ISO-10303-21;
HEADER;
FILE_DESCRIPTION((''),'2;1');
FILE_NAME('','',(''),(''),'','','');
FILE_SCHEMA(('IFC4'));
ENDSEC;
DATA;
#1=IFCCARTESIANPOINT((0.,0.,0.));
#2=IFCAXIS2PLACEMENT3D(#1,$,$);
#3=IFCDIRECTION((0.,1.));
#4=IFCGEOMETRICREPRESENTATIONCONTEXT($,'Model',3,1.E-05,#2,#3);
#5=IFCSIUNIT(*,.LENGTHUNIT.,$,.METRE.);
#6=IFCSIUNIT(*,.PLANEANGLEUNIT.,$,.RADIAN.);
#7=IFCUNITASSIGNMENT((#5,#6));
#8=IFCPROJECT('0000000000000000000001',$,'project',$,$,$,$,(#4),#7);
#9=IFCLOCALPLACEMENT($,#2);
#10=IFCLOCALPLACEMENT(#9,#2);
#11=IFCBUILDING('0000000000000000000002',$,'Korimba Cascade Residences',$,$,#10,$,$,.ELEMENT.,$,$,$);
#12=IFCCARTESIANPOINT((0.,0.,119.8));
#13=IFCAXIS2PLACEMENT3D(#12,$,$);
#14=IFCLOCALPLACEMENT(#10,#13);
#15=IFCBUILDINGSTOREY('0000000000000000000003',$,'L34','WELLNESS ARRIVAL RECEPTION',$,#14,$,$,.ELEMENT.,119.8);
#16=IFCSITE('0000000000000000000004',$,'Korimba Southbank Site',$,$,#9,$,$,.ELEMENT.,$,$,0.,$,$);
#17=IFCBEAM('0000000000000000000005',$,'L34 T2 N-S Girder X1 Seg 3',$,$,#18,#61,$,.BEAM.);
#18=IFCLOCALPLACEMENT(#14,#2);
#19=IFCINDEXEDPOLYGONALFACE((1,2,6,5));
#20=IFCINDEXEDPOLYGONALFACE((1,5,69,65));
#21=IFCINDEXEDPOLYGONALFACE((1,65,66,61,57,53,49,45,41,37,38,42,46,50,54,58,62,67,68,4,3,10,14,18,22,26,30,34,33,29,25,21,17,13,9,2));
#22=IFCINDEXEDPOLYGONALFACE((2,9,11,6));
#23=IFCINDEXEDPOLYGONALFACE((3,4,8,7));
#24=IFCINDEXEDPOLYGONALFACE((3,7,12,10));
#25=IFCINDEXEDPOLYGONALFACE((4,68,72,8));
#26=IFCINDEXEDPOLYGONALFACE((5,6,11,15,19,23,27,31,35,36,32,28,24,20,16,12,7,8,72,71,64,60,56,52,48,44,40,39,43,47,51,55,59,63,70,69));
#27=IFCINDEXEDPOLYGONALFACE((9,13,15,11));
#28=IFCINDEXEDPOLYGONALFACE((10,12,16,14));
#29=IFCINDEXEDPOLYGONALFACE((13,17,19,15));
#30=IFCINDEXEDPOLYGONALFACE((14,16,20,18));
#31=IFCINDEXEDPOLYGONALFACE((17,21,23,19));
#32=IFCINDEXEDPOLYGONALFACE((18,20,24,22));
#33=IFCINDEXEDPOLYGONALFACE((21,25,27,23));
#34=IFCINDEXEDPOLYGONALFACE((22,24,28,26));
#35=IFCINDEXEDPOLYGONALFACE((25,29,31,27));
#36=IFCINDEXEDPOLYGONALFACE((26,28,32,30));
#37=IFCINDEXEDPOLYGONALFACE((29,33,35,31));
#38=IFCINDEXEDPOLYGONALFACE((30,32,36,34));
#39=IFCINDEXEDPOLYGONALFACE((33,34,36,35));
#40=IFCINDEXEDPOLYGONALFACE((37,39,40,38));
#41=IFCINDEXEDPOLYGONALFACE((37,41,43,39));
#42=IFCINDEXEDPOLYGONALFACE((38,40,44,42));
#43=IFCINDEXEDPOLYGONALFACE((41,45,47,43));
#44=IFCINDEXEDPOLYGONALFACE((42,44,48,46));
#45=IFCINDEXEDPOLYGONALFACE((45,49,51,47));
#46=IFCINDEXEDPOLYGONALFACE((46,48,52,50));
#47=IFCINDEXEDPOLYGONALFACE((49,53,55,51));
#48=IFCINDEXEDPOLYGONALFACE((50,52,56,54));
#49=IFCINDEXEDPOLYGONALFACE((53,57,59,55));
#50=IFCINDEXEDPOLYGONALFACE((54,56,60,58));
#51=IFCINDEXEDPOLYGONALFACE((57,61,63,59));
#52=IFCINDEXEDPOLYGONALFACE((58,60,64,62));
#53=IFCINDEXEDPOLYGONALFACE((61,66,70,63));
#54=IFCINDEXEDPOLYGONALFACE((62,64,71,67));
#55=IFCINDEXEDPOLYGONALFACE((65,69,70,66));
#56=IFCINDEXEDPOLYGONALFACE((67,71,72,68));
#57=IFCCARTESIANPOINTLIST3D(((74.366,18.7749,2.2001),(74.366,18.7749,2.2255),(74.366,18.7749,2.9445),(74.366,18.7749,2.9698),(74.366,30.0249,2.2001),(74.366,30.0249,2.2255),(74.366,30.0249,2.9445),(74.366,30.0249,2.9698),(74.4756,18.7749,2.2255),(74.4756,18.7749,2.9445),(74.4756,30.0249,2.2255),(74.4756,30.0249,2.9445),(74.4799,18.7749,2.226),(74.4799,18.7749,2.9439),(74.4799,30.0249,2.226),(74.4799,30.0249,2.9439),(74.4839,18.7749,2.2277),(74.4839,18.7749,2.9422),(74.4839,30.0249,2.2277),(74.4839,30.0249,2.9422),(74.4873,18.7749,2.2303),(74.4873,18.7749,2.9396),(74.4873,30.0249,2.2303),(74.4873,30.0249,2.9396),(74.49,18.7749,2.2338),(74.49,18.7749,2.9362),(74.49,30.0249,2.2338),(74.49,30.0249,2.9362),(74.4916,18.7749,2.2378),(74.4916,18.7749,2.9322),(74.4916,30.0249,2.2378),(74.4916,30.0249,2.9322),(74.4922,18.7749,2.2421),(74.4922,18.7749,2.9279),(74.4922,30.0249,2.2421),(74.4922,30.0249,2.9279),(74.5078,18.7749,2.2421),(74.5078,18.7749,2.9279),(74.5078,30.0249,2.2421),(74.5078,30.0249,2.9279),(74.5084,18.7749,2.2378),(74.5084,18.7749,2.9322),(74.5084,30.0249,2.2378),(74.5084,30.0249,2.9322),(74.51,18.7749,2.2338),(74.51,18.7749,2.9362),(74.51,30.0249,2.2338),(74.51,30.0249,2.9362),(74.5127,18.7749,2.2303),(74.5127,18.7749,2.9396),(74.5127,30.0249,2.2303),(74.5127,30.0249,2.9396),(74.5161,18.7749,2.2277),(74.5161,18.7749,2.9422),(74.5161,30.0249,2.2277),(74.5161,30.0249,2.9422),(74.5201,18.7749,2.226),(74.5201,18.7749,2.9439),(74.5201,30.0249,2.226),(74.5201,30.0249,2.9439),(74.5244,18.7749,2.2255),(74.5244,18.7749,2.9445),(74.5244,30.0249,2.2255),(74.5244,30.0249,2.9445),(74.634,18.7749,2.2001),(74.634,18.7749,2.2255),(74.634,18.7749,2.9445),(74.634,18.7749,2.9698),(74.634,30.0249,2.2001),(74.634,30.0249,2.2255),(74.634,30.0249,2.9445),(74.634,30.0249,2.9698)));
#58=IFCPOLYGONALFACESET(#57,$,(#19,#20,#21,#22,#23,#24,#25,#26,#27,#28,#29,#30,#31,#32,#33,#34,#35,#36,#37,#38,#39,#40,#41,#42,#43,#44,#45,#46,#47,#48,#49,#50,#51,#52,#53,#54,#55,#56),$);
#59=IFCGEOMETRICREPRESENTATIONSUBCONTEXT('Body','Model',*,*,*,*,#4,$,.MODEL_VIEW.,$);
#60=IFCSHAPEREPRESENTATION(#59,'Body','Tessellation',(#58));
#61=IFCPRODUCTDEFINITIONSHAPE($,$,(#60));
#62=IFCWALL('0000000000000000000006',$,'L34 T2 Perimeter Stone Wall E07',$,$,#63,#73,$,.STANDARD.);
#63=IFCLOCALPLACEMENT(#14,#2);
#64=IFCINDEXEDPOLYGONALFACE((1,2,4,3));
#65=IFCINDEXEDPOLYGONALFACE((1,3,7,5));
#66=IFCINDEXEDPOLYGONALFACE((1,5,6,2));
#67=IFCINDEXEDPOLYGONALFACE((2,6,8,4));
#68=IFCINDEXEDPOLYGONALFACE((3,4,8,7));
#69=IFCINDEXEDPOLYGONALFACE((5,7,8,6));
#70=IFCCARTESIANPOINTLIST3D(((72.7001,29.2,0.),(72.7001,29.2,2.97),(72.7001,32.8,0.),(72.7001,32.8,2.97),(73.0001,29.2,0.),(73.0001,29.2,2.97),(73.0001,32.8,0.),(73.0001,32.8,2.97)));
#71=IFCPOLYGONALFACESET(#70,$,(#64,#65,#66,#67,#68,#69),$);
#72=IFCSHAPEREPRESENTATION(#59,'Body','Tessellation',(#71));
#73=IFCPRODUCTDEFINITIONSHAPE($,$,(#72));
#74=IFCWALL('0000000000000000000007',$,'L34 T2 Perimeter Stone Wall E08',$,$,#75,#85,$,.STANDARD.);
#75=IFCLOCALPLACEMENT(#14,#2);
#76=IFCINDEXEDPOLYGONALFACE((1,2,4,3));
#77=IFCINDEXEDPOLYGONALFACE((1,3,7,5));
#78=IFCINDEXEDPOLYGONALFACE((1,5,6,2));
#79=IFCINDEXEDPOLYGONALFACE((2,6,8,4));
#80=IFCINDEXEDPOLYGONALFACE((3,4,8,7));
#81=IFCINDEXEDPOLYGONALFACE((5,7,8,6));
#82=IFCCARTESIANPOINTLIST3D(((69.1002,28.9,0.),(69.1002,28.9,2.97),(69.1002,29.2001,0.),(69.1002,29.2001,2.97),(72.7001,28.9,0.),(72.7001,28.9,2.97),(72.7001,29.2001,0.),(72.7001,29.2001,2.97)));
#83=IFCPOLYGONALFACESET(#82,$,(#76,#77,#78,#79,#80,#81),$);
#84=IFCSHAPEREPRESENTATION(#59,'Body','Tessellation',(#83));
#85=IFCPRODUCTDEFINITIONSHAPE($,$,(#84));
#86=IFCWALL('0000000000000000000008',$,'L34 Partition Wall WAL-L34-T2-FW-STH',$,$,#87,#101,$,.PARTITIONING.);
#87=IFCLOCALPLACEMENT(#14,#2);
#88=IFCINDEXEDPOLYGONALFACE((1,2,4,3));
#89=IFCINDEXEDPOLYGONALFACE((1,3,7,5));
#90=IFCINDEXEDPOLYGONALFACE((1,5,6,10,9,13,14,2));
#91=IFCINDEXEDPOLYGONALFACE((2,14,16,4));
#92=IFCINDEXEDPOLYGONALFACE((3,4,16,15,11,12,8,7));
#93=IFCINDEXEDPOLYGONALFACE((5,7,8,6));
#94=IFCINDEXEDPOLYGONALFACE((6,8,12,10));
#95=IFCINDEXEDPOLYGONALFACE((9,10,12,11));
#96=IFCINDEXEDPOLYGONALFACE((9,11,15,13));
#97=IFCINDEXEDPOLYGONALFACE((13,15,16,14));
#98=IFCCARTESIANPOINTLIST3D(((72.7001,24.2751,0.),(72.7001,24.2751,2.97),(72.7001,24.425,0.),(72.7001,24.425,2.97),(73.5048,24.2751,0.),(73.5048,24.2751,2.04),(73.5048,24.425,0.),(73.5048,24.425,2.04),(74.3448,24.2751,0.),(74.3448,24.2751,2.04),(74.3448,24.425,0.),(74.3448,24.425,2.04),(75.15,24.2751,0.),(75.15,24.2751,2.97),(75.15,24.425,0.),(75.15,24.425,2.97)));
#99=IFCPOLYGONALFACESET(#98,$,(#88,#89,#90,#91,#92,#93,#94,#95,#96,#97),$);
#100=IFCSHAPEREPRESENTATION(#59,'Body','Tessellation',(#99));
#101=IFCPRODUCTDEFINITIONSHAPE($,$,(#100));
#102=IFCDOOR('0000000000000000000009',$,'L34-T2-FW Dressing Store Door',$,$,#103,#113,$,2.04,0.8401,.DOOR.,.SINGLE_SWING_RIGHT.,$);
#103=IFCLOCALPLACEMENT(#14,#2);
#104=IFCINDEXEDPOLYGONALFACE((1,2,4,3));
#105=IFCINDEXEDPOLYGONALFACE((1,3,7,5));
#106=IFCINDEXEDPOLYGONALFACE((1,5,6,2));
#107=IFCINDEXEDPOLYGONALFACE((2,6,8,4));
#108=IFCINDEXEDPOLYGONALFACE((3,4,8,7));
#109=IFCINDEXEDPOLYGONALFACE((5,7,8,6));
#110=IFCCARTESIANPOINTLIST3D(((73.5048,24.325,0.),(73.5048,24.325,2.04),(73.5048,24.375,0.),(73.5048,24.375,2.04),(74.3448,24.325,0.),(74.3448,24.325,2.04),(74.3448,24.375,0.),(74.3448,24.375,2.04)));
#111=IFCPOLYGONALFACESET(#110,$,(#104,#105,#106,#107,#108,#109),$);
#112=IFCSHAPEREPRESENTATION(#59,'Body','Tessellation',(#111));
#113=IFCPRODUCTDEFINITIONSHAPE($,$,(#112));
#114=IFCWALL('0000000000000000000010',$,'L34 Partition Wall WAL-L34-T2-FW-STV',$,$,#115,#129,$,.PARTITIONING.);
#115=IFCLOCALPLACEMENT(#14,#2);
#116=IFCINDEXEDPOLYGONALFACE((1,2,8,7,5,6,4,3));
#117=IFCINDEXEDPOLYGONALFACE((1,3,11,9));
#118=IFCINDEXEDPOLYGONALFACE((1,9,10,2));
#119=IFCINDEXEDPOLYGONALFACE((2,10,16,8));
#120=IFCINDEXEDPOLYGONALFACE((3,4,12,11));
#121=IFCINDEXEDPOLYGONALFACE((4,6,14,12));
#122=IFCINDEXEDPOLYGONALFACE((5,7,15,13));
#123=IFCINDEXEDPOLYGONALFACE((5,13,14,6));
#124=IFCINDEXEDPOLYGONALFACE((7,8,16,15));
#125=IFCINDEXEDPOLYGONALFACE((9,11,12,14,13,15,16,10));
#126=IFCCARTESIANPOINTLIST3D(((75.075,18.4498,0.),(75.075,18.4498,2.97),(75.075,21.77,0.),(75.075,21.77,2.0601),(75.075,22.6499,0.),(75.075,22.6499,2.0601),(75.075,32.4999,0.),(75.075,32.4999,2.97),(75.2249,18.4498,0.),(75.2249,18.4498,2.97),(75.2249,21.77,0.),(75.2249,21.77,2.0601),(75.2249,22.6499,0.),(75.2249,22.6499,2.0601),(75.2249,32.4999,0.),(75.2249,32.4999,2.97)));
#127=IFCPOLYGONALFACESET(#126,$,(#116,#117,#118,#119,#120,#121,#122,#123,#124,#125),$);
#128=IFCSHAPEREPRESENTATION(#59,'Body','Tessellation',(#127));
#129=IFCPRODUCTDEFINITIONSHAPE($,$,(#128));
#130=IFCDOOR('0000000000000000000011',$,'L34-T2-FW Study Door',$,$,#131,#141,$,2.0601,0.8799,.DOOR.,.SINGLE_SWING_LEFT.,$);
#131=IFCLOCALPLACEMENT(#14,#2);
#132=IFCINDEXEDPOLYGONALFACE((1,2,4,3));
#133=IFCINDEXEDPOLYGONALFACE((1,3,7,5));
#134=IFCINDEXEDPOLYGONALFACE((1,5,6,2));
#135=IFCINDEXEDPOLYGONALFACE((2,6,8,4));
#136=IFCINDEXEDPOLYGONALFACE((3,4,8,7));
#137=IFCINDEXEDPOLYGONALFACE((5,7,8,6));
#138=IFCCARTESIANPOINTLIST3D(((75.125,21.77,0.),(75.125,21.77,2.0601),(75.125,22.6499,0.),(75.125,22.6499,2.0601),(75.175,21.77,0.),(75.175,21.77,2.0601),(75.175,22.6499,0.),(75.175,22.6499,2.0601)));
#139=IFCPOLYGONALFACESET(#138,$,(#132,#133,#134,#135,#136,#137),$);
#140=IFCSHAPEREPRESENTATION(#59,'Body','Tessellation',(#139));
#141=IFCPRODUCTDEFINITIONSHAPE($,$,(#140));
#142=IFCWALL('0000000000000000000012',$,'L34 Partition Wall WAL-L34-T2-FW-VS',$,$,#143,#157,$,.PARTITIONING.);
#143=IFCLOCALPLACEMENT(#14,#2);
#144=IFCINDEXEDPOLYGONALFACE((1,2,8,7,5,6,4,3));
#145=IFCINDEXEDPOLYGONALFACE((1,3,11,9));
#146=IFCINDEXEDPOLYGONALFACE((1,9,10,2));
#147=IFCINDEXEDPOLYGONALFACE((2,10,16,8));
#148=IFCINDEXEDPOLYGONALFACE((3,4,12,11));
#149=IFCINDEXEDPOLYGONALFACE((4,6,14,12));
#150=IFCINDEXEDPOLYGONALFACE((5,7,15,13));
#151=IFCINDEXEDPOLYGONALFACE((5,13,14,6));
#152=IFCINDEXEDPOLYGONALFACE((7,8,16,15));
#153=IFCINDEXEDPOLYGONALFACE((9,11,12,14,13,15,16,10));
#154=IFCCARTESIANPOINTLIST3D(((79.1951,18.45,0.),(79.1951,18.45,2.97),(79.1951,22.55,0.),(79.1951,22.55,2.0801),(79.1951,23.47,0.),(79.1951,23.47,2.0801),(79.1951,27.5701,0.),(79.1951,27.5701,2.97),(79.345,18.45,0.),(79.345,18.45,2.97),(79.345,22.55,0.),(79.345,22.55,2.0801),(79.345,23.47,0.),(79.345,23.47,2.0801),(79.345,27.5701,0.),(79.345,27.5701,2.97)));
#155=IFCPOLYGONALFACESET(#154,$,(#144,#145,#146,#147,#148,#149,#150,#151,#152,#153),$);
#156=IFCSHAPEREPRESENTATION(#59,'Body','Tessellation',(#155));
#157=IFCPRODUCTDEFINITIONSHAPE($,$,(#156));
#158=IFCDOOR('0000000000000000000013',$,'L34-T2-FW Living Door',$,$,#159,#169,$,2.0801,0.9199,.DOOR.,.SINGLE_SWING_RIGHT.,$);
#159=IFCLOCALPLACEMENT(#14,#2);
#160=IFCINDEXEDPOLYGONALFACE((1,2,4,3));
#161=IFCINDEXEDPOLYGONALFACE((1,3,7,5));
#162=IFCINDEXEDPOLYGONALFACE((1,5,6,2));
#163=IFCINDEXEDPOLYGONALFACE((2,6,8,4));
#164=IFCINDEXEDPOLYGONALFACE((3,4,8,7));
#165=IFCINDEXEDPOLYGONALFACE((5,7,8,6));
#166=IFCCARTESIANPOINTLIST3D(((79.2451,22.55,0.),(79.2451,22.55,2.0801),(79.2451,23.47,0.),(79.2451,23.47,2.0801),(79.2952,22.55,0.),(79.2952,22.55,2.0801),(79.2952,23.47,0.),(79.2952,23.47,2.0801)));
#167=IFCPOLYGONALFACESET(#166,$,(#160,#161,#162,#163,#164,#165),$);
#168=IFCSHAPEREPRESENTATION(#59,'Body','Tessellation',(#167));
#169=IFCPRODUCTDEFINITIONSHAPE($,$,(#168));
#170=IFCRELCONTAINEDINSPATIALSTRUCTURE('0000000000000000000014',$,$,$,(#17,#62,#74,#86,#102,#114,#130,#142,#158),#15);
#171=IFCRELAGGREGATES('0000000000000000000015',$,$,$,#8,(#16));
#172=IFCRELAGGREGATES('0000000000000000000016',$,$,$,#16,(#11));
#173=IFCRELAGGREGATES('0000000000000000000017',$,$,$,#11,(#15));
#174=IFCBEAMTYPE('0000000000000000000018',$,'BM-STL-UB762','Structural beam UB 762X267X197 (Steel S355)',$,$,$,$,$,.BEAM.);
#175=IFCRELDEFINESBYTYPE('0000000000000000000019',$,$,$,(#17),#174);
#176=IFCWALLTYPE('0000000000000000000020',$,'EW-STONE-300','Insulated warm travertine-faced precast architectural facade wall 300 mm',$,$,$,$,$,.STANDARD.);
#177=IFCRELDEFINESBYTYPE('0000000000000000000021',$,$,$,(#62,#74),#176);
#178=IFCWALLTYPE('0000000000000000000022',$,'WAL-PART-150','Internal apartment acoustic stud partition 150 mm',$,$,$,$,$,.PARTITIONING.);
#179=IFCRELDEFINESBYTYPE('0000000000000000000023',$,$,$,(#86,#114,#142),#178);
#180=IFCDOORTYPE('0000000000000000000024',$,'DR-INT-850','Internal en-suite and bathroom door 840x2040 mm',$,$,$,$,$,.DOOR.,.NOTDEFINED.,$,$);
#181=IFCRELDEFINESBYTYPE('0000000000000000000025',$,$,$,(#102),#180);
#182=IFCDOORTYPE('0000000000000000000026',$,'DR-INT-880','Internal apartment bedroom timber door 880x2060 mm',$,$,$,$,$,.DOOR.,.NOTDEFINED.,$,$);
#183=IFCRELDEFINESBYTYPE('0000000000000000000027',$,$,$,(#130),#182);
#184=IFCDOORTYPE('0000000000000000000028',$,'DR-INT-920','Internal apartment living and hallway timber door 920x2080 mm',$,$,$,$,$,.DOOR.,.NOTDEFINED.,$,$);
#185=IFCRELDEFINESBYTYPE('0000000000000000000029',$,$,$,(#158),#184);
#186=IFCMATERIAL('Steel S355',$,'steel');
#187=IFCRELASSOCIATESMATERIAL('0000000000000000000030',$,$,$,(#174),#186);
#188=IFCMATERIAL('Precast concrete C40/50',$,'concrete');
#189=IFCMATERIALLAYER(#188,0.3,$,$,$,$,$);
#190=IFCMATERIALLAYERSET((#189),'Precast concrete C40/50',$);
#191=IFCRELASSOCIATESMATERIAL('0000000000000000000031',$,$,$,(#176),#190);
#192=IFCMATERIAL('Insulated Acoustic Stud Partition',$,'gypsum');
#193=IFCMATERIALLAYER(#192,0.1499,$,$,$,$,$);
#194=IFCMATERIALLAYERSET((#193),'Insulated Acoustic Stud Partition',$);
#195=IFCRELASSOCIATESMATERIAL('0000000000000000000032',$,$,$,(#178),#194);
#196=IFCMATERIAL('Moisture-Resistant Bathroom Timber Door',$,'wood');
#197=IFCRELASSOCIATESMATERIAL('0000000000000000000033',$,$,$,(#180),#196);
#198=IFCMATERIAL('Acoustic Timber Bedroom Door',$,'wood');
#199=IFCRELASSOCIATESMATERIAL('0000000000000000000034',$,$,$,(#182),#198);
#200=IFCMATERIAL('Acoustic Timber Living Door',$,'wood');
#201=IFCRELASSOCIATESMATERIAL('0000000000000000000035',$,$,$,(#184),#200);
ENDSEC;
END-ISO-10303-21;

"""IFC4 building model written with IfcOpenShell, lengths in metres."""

from ifc_helpers import new_model, si_unit, direction, frame, frame_2d, origin, origin_2d, place, context, subcontext, project, spatial, rectangle, i_section, extrude, material, layer, layer_set, material_profile, profile_set, type_object, element, fill, save


model = new_model("IFC4")

# Units and contexts
model_context = context("Model", 3, precision=1e-05, world=origin(), true_north=direction((0.0, 1.0)))
body_context = subcontext(model_context, "Body", "Model", "MODEL_VIEW")
ifc_project = project(units=[si_unit("LENGTHUNIT", "METRE"), si_unit("PLANEANGLEUNIT", "RADIAN")], contexts=[model_context])

# Site, building, storey
site_placement = place(None, origin())
site = spatial("IfcSite", under=ifc_project, at=site_placement, Name="Korimba Southbank Site", CompositionType="ELEMENT", RefElevation=0.0)
building_placement = place(site_placement, origin())
building = spatial("IfcBuilding", under=site, at=building_placement, Name="Korimba Cascade Residences", CompositionType="ELEMENT")
storey_placement = place(building_placement, frame((0.0, 0.0, 119.8)))
storey = spatial("IfcBuildingStorey", under=building, at=storey_placement, Name="L34", Description="WELLNESS ARRIVAL RECEPTION", CompositionType="ELEMENT", Elevation=119.8)

# Beam
ifc_material_1 = material(Name="Steel S355", Category="steel")
ifc_material_profile_1 = material_profile(ifc_material_1, i_section(OverallWidth=0.2681, OverallDepth=0.7698, WebThickness=0.0156, FlangeThickness=0.0254, FilletRadius=0.0166, at=origin_2d()), Name="Steel S355")
ifc_profile_set_1 = profile_set([ifc_material_profile_1], Name="Steel S355")
beam_type_1 = type_object("IfcBeamType", Name="BM-STL-UB762", Description="Structural beam UB 762X267X197 (Steel S355)", PredefinedType="BEAM", material=ifc_profile_set_1)
beam_1_placement = place(storey_placement, frame((74.5, 18.7749, 2.585), z_axis=(0.0, 1.0, 0.0), x_axis=(-1.0, 0.0, 0.0)))
element("IfcBeam", 1, at=beam_1_placement, inside=storey, type_object=beam_type_1, Name="L34 T2 N-S Girder X1 Seg 3", PredefinedType="BEAM", context=body_context, shape_type="SweptSolid", body=[
    extrude(i_section(OverallWidth=0.2681, OverallDepth=0.7698, WebThickness=0.0156, FlangeThickness=0.0254, FilletRadius=0.0166, at=origin_2d()), origin(), (0.0, 0.0, 1.0), 11.25),
])

# Walls
ifc_material_2 = material(Name="Precast concrete C40/50", Category="concrete")
ifc_layer_1 = layer(ifc_material_2, 0.3)
ifc_layer_set_1 = layer_set([ifc_layer_1], Name="Precast concrete C40/50")
wall_type_1 = type_object("IfcWallType", Name="EW-STONE-300", Description="Insulated warm travertine-faced precast architectural facade wall 300 mm", PredefinedType="STANDARD", material=ifc_layer_set_1)
wall_1_placement = place(storey_placement, frame((72.8501, 32.8, 0.0), z_axis=(0.0, 0.0, 1.0), x_axis=(0.0, -1.0, 0.0)))
element("IfcWall", 2, at=wall_1_placement, inside=storey, type_object=wall_type_1, Name="L34 T2 Perimeter Stone Wall E07", PredefinedType="STANDARD", context=body_context, shape_type="SweptSolid", body=[
    extrude(rectangle(XDim=3.6001, YDim=0.3, at=frame_2d((1.8, 0.0))), origin(), (0.0, 0.0, 1.0), 2.97),
])
wall_2_placement = place(storey_placement, frame((72.7, 29.05, 0.0), z_axis=(0.0, 0.0, 1.0), x_axis=(-1.0, 0.0, 0.0)))
element("IfcWall", 3, at=wall_2_placement, inside=storey, type_object=wall_type_1, Name="L34 T2 Perimeter Stone Wall E08", PredefinedType="STANDARD", context=body_context, shape_type="SweptSolid", body=[
    extrude(rectangle(XDim=3.5999, YDim=0.3, at=frame_2d((1.7998, 0.0))), origin(), (0.0, 0.0, 1.0), 2.97),
])

# Walls, openings, doors
ifc_material_3 = material(Name="Insulated Acoustic Stud Partition", Category="gypsum")
ifc_layer_2 = layer(ifc_material_3, 0.1499)
ifc_layer_set_2 = layer_set([ifc_layer_2], Name="Insulated Acoustic Stud Partition")
wall_type_2 = type_object("IfcWallType", Name="WAL-PART-150", Description="Internal apartment acoustic stud partition 150 mm", PredefinedType="PARTITIONING", material=ifc_layer_set_2)
wall_3_placement = place(storey_placement, frame((72.7, 24.3501, 0.0), z_axis=(0.0, 0.0, 1.0), x_axis=(1.0, 0.0, 0.0)))
wall_3 = element("IfcWall", 4, at=wall_3_placement, inside=storey, type_object=wall_type_2, Name="L34 Partition Wall WAL-L34-T2-FW-STH", PredefinedType="PARTITIONING", context=body_context, shape_type="SweptSolid", body=[
    extrude(rectangle(XDim=2.45, YDim=0.1499, at=frame_2d((1.2251, 0.0))), origin(), (0.0, 0.0, 1.0), 2.97),
])
opening_1_placement = place(wall_3_placement, frame((0.8049, 0.0, 0.0)))
opening_1 = element("IfcOpeningElement", 5, at=opening_1_placement, cuts=wall_3, PredefinedType="OPENING", context=body_context, shape_type="SweptSolid", body=[
    extrude(rectangle(XDim=0.8401, YDim=2.04, at=frame_2d((0.4199, 1.02))), frame((0.0, 0.085, 0.0), z_axis=(0.0, -1.0, 0.0), x_axis=(1.0, 0.0, 0.0)), (0.0, 0.0, 1.0), 0.1699),
])
ifc_material_4 = material(Name="Moisture-Resistant Bathroom Timber Door", Category="wood")
door_type_1 = type_object("IfcDoorType", Name="DR-INT-850", Description="Internal en-suite and bathroom door 840x2040 mm", OperationType="NOTDEFINED", PredefinedType="DOOR", material=ifc_material_4)
door_1_placement = place(opening_1_placement, origin())
door_1 = element("IfcDoor", 6, at=door_1_placement, inside=storey, type_object=door_type_1, Name="L34-T2-FW Dressing Store Door", OperationType="SINGLE_SWING_RIGHT", OverallHeight=2.04, OverallWidth=0.8401, PredefinedType="DOOR", context=body_context, shape_type="SweptSolid", body=[
    extrude(rectangle(XDim=0.8401, YDim=2.04, at=frame_2d((0.4199, 1.02))), frame((0.0, 0.0249, 0.0), z_axis=(0.0, -1.0, 0.0), x_axis=(1.0, 0.0, 0.0)), (0.0, 0.0, 1.0), 0.05),
])
fill(opening_1, door_1)
wall_4_placement = place(storey_placement, frame((75.1499, 18.45, 0.0), z_axis=(0.0, 0.0, 1.0), x_axis=(0.0, 1.0, 0.0)))
wall_4 = element("IfcWall", 7, at=wall_4_placement, inside=storey, type_object=wall_type_2, Name="L34 Partition Wall WAL-L34-T2-FW-STV", PredefinedType="PARTITIONING", context=body_context, shape_type="SweptSolid", body=[
    extrude(rectangle(XDim=14.05, YDim=0.1499, at=frame_2d((7.0249, 0.0))), origin(), (0.0, 0.0, 1.0), 2.97),
])
opening_2_placement = place(wall_4_placement, frame((3.3201, 0.0, 0.0)))
opening_2 = element("IfcOpeningElement", 8, at=opening_2_placement, cuts=wall_4, PredefinedType="OPENING", context=body_context, shape_type="SweptSolid", body=[
    extrude(rectangle(XDim=0.8799, YDim=2.0601, at=frame_2d((0.4399, 1.03))), frame((0.0, 0.085, 0.0), z_axis=(0.0, -1.0, 0.0), x_axis=(1.0, 0.0, 0.0)), (0.0, 0.0, 1.0), 0.1699),
])
ifc_material_5 = material(Name="Acoustic Timber Bedroom Door", Category="wood")
door_type_2 = type_object("IfcDoorType", Name="DR-INT-880", Description="Internal apartment bedroom timber door 880x2060 mm", OperationType="NOTDEFINED", PredefinedType="DOOR", material=ifc_material_5)
door_2_placement = place(opening_2_placement, origin())
door_2 = element("IfcDoor", 9, at=door_2_placement, inside=storey, type_object=door_type_2, Name="L34-T2-FW Study Door", OperationType="SINGLE_SWING_LEFT", OverallHeight=2.0601, OverallWidth=0.8799, PredefinedType="DOOR", context=body_context, shape_type="SweptSolid", body=[
    extrude(rectangle(XDim=0.8799, YDim=2.0601, at=frame_2d((0.4399, 1.03))), frame((0.0, 0.0249, 0.0), z_axis=(0.0, -1.0, 0.0), x_axis=(1.0, 0.0, 0.0)), (0.0, 0.0, 1.0), 0.05),
])
fill(opening_2, door_2)
wall_5_placement = place(storey_placement, frame((79.27, 18.45, 0.0), z_axis=(0.0, 0.0, 1.0), x_axis=(0.0, 1.0, 0.0)))
wall_5 = element("IfcWall", 10, at=wall_5_placement, inside=storey, type_object=wall_type_2, Name="L34 Partition Wall WAL-L34-T2-FW-VS", PredefinedType="PARTITIONING", context=body_context, shape_type="SweptSolid", body=[
    extrude(rectangle(XDim=9.1201, YDim=0.1499, at=frame_2d((4.5601, 0.0))), origin(), (0.0, 0.0, 1.0), 2.97),
])
opening_3_placement = place(wall_5_placement, frame((4.1001, 0.0, 0.0)))
opening_3 = element("IfcOpeningElement", 11, at=opening_3_placement, cuts=wall_5, PredefinedType="OPENING", context=body_context, shape_type="SweptSolid", body=[
    extrude(rectangle(XDim=0.9199, YDim=2.0801, at=frame_2d((0.46, 1.04))), frame((0.0, 0.085, 0.0), z_axis=(0.0, -1.0, 0.0), x_axis=(1.0, 0.0, 0.0)), (0.0, 0.0, 1.0), 0.1699),
])
ifc_material_6 = material(Name="Acoustic Timber Living Door", Category="wood")
door_type_3 = type_object("IfcDoorType", Name="DR-INT-920", Description="Internal apartment living and hallway timber door 920x2080 mm", OperationType="NOTDEFINED", PredefinedType="DOOR", material=ifc_material_6)
door_3_placement = place(opening_3_placement, origin())
door_3 = element("IfcDoor", 12, at=door_3_placement, inside=storey, type_object=door_type_3, Name="L34-T2-FW Living Door", OperationType="SINGLE_SWING_RIGHT", OverallHeight=2.0801, OverallWidth=0.9199, PredefinedType="DOOR", context=body_context, shape_type="SweptSolid", body=[
    extrude(rectangle(XDim=0.9199, YDim=2.0801, at=frame_2d((0.46, 1.04))), frame((0.0, 0.0249, 0.0), z_axis=(0.0, -1.0, 0.0), x_axis=(1.0, 0.0, 0.0)), (0.0, 0.0, 1.0), 0.05),
])
fill(opening_3, door_3)

save(model, "model.ifc")
